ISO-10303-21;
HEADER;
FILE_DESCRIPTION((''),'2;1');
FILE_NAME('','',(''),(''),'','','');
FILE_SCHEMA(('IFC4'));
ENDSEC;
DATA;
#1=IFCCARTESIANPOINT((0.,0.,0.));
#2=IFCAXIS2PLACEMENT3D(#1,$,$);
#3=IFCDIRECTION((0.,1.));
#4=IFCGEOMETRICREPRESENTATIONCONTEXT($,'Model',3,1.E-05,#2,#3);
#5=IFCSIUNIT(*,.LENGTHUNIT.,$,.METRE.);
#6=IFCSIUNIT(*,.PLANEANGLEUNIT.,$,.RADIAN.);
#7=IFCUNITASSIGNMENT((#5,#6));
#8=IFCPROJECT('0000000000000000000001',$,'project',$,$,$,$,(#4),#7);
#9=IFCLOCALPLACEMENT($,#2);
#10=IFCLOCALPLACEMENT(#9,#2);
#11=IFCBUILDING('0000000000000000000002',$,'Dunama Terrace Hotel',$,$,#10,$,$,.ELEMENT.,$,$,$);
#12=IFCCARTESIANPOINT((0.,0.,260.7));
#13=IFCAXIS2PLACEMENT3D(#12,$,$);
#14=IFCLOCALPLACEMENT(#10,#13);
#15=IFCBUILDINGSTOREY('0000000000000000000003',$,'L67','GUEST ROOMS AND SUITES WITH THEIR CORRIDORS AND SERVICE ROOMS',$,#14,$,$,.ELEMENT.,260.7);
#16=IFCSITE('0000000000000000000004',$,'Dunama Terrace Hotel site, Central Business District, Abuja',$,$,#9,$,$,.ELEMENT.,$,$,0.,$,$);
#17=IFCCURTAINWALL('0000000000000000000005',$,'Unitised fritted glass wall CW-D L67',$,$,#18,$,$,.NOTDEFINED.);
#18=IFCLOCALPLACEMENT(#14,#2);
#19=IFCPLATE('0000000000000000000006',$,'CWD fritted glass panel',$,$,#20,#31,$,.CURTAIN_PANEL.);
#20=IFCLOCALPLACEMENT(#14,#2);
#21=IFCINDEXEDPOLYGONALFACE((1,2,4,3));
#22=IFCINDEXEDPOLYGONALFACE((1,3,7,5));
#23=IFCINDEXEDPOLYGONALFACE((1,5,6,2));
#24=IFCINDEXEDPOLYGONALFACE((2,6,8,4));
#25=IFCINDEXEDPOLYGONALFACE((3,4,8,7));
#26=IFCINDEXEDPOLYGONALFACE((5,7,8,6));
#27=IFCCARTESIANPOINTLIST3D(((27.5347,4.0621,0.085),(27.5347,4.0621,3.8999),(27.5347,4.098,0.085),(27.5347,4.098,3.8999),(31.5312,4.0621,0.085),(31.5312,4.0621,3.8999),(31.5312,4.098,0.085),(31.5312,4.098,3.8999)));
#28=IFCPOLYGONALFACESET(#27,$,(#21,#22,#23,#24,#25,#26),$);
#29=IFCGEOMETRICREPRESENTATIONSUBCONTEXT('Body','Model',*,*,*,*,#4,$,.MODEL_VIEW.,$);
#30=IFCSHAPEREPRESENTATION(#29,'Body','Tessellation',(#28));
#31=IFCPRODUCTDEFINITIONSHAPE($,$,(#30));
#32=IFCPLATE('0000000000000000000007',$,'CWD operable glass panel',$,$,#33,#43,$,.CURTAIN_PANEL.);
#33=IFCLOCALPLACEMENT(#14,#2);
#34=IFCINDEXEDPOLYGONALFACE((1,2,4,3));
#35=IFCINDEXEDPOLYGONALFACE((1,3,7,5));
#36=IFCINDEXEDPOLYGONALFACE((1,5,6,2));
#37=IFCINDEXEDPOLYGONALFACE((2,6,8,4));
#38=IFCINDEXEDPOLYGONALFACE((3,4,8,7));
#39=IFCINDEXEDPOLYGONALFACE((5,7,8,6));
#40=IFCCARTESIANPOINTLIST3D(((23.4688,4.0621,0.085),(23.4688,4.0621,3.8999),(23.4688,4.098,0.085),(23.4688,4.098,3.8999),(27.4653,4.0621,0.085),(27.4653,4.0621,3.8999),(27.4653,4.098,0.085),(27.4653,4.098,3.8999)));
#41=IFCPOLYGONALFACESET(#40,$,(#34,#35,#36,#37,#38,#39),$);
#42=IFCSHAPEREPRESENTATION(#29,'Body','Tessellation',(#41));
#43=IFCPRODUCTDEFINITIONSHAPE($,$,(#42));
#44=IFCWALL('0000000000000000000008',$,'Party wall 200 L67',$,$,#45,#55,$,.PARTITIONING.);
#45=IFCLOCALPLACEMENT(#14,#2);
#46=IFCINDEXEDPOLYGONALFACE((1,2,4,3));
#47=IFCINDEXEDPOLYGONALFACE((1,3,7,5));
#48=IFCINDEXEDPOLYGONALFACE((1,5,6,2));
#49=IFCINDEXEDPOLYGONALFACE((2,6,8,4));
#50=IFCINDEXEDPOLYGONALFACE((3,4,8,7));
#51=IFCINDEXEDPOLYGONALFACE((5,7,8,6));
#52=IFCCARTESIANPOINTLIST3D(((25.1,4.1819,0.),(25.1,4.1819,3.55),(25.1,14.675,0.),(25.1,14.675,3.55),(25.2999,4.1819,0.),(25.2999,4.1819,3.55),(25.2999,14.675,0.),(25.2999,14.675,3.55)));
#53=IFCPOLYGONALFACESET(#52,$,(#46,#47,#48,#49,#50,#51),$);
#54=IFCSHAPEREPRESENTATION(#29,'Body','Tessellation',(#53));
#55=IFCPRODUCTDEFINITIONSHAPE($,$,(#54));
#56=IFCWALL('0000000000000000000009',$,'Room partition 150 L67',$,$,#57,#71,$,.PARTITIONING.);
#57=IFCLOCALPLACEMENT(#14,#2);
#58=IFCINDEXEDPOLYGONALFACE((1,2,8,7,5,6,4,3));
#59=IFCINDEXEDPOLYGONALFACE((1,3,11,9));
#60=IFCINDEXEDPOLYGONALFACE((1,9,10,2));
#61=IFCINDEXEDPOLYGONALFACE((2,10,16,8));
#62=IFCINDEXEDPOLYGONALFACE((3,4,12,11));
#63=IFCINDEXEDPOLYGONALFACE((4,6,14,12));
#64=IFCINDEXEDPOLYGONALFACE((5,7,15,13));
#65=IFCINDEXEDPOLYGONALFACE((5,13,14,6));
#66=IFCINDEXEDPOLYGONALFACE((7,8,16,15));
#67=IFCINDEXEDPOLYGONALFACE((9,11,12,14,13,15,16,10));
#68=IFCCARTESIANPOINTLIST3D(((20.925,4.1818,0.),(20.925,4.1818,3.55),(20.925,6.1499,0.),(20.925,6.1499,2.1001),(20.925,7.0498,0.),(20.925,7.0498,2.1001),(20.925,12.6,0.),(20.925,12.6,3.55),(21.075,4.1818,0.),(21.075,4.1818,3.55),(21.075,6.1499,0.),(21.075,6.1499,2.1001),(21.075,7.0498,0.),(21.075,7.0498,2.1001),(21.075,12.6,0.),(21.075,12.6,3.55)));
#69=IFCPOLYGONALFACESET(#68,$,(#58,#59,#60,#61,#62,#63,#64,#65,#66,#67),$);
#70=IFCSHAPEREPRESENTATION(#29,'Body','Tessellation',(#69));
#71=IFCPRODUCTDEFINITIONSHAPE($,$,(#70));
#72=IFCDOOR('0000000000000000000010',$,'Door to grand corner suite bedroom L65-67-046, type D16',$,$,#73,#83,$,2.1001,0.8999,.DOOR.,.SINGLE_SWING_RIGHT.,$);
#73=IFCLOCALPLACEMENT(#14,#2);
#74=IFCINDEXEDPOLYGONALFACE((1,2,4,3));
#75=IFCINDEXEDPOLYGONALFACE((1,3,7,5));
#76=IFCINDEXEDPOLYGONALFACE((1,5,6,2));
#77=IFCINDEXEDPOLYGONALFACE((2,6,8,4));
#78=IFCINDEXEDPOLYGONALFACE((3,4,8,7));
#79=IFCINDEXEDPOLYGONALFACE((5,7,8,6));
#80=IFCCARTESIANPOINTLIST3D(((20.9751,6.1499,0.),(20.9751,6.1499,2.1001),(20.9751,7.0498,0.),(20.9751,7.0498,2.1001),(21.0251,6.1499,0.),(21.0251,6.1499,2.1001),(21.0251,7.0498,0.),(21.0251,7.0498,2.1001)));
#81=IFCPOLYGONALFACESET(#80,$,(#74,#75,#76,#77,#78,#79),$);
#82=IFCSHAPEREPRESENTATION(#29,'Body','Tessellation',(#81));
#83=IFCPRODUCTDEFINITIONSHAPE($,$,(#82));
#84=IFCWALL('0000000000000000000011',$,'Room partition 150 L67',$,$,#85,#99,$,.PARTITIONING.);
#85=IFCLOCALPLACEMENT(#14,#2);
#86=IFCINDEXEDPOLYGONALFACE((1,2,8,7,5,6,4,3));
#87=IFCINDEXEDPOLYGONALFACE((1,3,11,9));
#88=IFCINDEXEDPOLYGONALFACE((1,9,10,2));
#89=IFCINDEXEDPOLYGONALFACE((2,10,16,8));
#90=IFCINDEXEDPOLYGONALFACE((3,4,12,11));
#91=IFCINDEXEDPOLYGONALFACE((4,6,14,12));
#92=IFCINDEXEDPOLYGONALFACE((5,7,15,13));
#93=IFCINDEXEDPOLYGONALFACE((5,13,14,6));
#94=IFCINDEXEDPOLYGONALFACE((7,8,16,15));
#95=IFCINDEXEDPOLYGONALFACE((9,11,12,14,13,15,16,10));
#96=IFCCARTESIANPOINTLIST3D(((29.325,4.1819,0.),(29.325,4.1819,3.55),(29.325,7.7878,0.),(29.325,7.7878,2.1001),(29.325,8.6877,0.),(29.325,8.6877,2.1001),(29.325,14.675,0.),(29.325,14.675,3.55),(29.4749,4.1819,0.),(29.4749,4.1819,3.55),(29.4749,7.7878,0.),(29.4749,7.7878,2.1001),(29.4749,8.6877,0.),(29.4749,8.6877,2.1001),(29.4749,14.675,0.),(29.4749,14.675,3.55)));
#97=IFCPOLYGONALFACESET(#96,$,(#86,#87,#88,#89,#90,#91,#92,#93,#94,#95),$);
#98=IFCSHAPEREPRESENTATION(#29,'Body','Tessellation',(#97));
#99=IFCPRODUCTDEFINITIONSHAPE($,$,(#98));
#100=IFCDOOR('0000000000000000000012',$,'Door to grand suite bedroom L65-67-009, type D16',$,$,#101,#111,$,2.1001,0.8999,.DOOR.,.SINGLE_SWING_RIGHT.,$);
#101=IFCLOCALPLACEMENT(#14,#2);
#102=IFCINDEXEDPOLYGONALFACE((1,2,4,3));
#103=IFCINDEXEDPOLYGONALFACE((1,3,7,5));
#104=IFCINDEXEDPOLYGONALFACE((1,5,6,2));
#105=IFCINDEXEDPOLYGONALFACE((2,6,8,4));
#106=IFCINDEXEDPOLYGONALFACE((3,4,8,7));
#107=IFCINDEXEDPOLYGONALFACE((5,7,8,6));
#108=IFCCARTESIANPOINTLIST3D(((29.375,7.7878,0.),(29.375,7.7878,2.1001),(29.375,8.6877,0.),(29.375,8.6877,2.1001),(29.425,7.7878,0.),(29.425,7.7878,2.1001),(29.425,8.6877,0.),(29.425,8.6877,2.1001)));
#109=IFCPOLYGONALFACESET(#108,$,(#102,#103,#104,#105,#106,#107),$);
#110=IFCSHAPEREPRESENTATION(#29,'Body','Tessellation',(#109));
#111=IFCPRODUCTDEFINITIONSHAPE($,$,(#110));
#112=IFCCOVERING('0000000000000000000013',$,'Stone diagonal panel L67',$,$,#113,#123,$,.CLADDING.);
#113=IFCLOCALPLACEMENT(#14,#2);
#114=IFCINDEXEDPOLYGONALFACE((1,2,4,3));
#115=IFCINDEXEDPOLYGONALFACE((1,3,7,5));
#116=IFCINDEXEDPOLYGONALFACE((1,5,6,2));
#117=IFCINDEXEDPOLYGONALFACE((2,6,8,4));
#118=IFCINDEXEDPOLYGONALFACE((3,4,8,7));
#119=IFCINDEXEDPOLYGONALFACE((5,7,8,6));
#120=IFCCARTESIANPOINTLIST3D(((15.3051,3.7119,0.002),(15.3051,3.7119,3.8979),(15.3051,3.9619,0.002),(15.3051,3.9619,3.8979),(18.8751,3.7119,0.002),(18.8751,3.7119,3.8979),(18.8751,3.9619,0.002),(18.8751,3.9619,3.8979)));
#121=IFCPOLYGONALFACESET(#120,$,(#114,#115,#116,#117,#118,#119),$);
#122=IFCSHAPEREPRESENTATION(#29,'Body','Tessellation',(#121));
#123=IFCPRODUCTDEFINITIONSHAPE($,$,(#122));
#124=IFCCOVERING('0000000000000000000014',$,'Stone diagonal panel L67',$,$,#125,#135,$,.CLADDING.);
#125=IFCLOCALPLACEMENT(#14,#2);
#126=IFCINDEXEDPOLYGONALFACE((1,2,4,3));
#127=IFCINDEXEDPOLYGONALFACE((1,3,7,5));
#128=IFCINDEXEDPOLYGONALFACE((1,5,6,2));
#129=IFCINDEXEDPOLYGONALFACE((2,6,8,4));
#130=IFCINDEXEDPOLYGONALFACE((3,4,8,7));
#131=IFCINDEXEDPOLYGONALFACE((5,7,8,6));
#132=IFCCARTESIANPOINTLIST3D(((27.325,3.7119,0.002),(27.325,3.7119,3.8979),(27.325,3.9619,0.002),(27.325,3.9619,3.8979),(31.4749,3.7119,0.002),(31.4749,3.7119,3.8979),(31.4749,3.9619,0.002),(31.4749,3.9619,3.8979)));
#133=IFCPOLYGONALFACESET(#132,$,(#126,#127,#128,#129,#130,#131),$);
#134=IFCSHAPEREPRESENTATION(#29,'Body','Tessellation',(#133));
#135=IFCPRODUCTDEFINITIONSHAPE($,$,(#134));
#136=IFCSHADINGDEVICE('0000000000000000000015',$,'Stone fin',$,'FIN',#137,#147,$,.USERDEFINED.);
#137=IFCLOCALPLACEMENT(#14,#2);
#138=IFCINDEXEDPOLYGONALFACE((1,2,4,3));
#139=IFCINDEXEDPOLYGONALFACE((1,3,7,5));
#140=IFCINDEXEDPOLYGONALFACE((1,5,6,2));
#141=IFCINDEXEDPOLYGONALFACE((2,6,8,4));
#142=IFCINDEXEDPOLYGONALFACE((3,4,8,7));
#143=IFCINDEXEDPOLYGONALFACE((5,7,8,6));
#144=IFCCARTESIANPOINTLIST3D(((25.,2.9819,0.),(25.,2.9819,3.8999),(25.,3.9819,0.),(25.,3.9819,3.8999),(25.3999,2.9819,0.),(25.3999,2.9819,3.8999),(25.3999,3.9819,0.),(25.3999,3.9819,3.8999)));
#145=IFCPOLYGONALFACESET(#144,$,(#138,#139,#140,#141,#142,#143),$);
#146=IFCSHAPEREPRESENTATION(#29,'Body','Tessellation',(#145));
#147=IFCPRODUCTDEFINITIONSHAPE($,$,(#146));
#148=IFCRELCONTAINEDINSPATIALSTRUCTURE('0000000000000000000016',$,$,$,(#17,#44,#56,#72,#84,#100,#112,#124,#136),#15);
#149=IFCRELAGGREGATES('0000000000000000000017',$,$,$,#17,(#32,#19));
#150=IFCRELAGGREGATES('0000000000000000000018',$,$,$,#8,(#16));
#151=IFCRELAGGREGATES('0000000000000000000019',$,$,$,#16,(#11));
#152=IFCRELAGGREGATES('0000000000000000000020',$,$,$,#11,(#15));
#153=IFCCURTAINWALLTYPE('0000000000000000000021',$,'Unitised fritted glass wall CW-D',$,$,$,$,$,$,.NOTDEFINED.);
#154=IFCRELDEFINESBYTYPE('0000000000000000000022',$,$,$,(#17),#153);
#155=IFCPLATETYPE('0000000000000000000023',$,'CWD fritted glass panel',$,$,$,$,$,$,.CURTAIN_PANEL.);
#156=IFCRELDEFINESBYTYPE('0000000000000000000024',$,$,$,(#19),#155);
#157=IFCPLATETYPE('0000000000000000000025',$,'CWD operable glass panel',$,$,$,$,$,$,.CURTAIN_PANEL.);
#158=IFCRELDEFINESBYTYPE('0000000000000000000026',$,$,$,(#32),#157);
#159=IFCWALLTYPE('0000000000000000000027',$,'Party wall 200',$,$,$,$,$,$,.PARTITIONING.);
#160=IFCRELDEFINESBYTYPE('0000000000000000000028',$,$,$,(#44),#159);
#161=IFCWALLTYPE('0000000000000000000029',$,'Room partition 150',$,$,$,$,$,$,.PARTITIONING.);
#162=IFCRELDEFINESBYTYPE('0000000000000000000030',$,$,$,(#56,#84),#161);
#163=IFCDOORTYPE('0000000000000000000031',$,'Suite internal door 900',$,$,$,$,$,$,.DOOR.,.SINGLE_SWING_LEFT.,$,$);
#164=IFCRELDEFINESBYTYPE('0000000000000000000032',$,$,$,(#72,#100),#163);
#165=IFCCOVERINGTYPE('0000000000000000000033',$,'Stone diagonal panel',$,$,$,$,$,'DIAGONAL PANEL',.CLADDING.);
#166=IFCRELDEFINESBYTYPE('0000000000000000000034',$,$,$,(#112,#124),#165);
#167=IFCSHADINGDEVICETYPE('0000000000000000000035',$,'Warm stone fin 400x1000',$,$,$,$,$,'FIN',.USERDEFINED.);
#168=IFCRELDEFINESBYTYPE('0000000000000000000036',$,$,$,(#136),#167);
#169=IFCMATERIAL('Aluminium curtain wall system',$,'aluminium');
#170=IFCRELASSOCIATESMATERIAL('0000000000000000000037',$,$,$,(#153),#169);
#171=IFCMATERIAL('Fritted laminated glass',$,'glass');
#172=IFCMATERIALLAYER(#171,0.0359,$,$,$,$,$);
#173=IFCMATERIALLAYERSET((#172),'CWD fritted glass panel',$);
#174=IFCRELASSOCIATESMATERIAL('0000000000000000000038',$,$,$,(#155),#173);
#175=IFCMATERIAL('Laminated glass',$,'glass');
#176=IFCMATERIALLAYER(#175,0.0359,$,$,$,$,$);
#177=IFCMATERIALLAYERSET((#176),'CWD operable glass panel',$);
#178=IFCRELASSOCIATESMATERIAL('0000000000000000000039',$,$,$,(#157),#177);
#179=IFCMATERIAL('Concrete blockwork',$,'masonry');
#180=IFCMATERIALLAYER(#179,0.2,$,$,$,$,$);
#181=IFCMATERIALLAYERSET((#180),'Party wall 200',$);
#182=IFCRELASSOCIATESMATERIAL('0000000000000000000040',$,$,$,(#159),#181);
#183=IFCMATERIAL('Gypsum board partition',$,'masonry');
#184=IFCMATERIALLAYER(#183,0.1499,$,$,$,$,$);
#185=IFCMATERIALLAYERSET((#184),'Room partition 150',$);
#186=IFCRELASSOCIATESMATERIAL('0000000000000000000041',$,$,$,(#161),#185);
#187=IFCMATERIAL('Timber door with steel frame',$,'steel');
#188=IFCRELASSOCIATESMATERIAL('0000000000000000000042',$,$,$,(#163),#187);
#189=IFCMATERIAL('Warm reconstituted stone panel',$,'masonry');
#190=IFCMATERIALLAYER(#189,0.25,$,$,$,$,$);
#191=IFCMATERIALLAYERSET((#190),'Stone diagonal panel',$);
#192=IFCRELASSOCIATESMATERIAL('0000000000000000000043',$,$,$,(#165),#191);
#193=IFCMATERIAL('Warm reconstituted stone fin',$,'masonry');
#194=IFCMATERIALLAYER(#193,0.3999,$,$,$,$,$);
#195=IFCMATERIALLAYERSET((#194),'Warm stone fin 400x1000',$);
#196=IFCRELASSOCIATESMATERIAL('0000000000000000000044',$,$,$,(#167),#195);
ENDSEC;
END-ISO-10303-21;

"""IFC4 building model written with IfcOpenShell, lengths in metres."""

from ifc_helpers import new_model, si_unit, direction, frame, frame_2d, origin, origin_2d, place, context, subcontext, project, spatial, rectangle, extrude, material, layer, layer_set, type_object, element, fill, aggregate, save


model = new_model("IFC4")

# Units and contexts
model_context = context("Model", 3, precision=1e-05, world=origin(), true_north=direction((0.0, 1.0)))
body_context = subcontext(model_context, "Body", "Model", "MODEL_VIEW")
ifc_project = project(units=[si_unit("LENGTHUNIT", "METRE"), si_unit("PLANEANGLEUNIT", "RADIAN")], contexts=[model_context])

# Site, building, storey
site_placement = place(None, origin())
site = spatial("IfcSite", under=ifc_project, at=site_placement, Name="Dunama Terrace Hotel site, Central Business District, Abuja", CompositionType="ELEMENT", RefElevation=0.0)
building_placement = place(site_placement, origin())
building = spatial("IfcBuilding", under=site, at=building_placement, Name="Dunama Terrace Hotel", CompositionType="ELEMENT")
storey_placement = place(building_placement, frame((0.0, 0.0, 260.7)))
storey = spatial("IfcBuildingStorey", under=building, at=storey_placement, Name="L67", Description="GUEST ROOMS AND SUITES WITH THEIR CORRIDORS AND SERVICE ROOMS", CompositionType="ELEMENT", Elevation=260.7)

# Curtain wall
ifc_material_1 = material(Name="Aluminium curtain wall system", Category="aluminium")
curtain_wall_type = type_object("IfcCurtainWallType", Name="Unitised fritted glass wall CW-D", PredefinedType="NOTDEFINED", material=ifc_material_1)
curtain_wall_placement = place(storey_placement, origin())
curtain_wall = element("IfcCurtainWall", 1, at=curtain_wall_placement, inside=storey, type_object=curtain_wall_type, Name="Unitised fritted glass wall CW-D L67", PredefinedType="NOTDEFINED")

# Plates
ifc_material_2 = material(Name="Fritted laminated glass", Category="glass")
ifc_layer_1 = layer(ifc_material_2, 0.0359)
ifc_layer_set_1 = layer_set([ifc_layer_1], Name="CWD fritted glass panel")
plate_type_1 = type_object("IfcPlateType", Name="CWD fritted glass panel", PredefinedType="CURTAIN_PANEL", material=ifc_layer_set_1)
plate_1_placement = place(storey_placement, frame((29.533, 4.0801, 0.085), z_axis=(0.0, 0.0, 1.0), x_axis=(1.0, 0.0, 0.0)))
plate_1 = element("IfcPlate", 2, at=plate_1_placement, type_object=plate_type_1, Name="CWD fritted glass panel", PredefinedType="CURTAIN_PANEL", context=body_context, shape_type="SweptSolid", body=[
    extrude(rectangle(XDim=3.9966, YDim=0.0359, at=origin_2d()), origin(), (0.0, 0.0, 1.0), 3.8149),
])
ifc_material_3 = material(Name="Laminated glass", Category="glass")
ifc_layer_2 = layer(ifc_material_3, 0.0359)
ifc_layer_set_2 = layer_set([ifc_layer_2], Name="CWD operable glass panel")
plate_type_2 = type_object("IfcPlateType", Name="CWD operable glass panel", PredefinedType="CURTAIN_PANEL", material=ifc_layer_set_2)
plate_2_placement = place(storey_placement, frame((25.467, 4.0801, 0.085), z_axis=(0.0, 0.0, 1.0), x_axis=(1.0, 0.0, 0.0)))
plate_2 = element("IfcPlate", 3, at=plate_2_placement, type_object=plate_type_2, Name="CWD operable glass panel", PredefinedType="CURTAIN_PANEL", context=body_context, shape_type="SweptSolid", body=[
    extrude(rectangle(XDim=3.9966, YDim=0.0359, at=origin_2d()), origin(), (0.0, 0.0, 1.0), 3.8149),
])
aggregate(curtain_wall, [plate_2, plate_1])

# Wall
ifc_material_4 = material(Name="Concrete blockwork", Category="masonry")
ifc_layer_3 = layer(ifc_material_4, 0.2)
ifc_layer_set_3 = layer_set([ifc_layer_3], Name="Party wall 200")
wall_type_1 = type_object("IfcWallType", Name="Party wall 200", PredefinedType="PARTITIONING", material=ifc_layer_set_3)
wall_1_placement = place(storey_placement, frame((25.2, 4.1819, 0.0), z_axis=(0.0, 0.0, 1.0), x_axis=(0.0, 1.0, 0.0)))
element("IfcWall", 4, at=wall_1_placement, inside=storey, type_object=wall_type_1, Name="Party wall 200 L67", PredefinedType="PARTITIONING", context=body_context, shape_type="SweptSolid", body=[
    extrude(rectangle(XDim=10.4932, YDim=0.2, at=frame_2d((5.2466, 0.0))), origin(), (0.0, 0.0, 1.0), 3.55),
])

# Walls, openings, doors
ifc_material_5 = material(Name="Gypsum board partition", Category="masonry")
ifc_layer_4 = layer(ifc_material_5, 0.1499)
ifc_layer_set_4 = layer_set([ifc_layer_4], Name="Room partition 150")
wall_type_2 = type_object("IfcWallType", Name="Room partition 150", PredefinedType="PARTITIONING", material=ifc_layer_set_4)
wall_2_placement = place(storey_placement, frame((21.0, 4.1819, 0.0), z_axis=(0.0, 0.0, 1.0), x_axis=(0.0, 1.0, 0.0)))
wall_2 = element("IfcWall", 5, at=wall_2_placement, inside=storey, type_object=wall_type_2, Name="Room partition 150 L67", PredefinedType="PARTITIONING", context=body_context, shape_type="SweptSolid", body=[
    extrude(rectangle(XDim=8.4182, YDim=0.1499, at=frame_2d((4.209, 0.0))), origin(), (0.0, 0.0, 1.0), 3.55),
])
opening_1_placement = place(wall_2_placement, frame((1.968, 0.0, 0.0)))
opening_1 = element("IfcOpeningElement", 6, at=opening_1_placement, cuts=wall_2, PredefinedType="OPENING", context=body_context, shape_type="SweptSolid", body=[
    extrude(rectangle(XDim=0.8999, YDim=2.1001, at=frame_2d((0.45, 1.05))), frame((0.0, 0.085, 0.0), z_axis=(0.0, -1.0, 0.0), x_axis=(1.0, 0.0, 0.0)), (0.0, 0.0, 1.0), 0.1699),
])
ifc_material_6 = material(Name="Timber door with steel frame", Category="steel")
door_type = type_object("IfcDoorType", Name="Suite internal door 900", OperationType="SINGLE_SWING_LEFT", PredefinedType="DOOR", material=ifc_material_6)
door_1_placement = place(opening_1_placement, origin())
door_1 = element("IfcDoor", 7, at=door_1_placement, inside=storey, type_object=door_type, Name="Door to grand corner suite bedroom L65-67-046, type D16", OperationType="SINGLE_SWING_RIGHT", OverallHeight=2.1001, OverallWidth=0.8999, PredefinedType="DOOR", context=body_context, shape_type="SweptSolid", body=[
    extrude(rectangle(XDim=0.8999, YDim=2.1001, at=frame_2d((0.45, 1.05))), frame((0.0, 0.0249, 0.0), z_axis=(0.0, -1.0, 0.0), x_axis=(1.0, 0.0, 0.0)), (0.0, 0.0, 1.0), 0.05),
])
fill(opening_1, door_1)
wall_3_placement = place(storey_placement, frame((29.3999, 4.1819, 0.0), z_axis=(0.0, 0.0, 1.0), x_axis=(0.0, 1.0, 0.0)))
wall_3 = element("IfcWall", 8, at=wall_3_placement, inside=storey, type_object=wall_type_2, Name="Room partition 150 L67", PredefinedType="PARTITIONING", context=body_context, shape_type="SweptSolid", body=[
    extrude(rectangle(XDim=10.4932, YDim=0.1499, at=frame_2d((5.2466, 0.0))), origin(), (0.0, 0.0, 1.0), 3.55),
])
opening_2_placement = place(wall_3_placement, frame((3.606, 0.0, 0.0)))
opening_2 = element("IfcOpeningElement", 9, at=opening_2_placement, cuts=wall_3, PredefinedType="OPENING", context=body_context, shape_type="SweptSolid", body=[
    extrude(rectangle(XDim=0.8999, YDim=2.1001, at=frame_2d((0.45, 1.05))), frame((0.0, 0.085, 0.0), z_axis=(0.0, -1.0, 0.0), x_axis=(1.0, 0.0, 0.0)), (0.0, 0.0, 1.0), 0.1699),
])
door_2_placement = place(opening_2_placement, origin())
door_2 = element("IfcDoor", 10, at=door_2_placement, inside=storey, type_object=door_type, Name="Door to grand suite bedroom L65-67-009, type D16", OperationType="SINGLE_SWING_RIGHT", OverallHeight=2.1001, OverallWidth=0.8999, PredefinedType="DOOR", context=body_context, shape_type="SweptSolid", body=[
    extrude(rectangle(XDim=0.8999, YDim=2.1001, at=frame_2d((0.45, 1.05))), frame((0.0, 0.0249, 0.0), z_axis=(0.0, -1.0, 0.0), x_axis=(1.0, 0.0, 0.0)), (0.0, 0.0, 1.0), 0.05),
])
fill(opening_2, door_2)

# Coverings
ifc_material_7 = material(Name="Warm reconstituted stone panel", Category="masonry")
ifc_layer_5 = layer(ifc_material_7, 0.25)
ifc_layer_set_5 = layer_set([ifc_layer_5], Name="Stone diagonal panel")
covering_type = type_object("IfcCoveringType", Name="Stone diagonal panel", ElementType="DIAGONAL PANEL", PredefinedType="CLADDING", material=ifc_layer_set_5)
covering_1_placement = place(storey_placement, frame((17.0901, 3.8369, 0.002), z_axis=(0.0, 0.0, 1.0), x_axis=(1.0, 0.0, 0.0)))
element("IfcCovering", 11, at=covering_1_placement, inside=storey, type_object=covering_type, Name="Stone diagonal panel L67", PredefinedType="CLADDING", context=body_context, shape_type="SweptSolid", body=[
    extrude(rectangle(XDim=3.5701, YDim=0.25, at=origin_2d()), origin(), (0.0, 0.0, 1.0), 3.896),
])
covering_2_placement = place(storey_placement, frame((29.3999, 3.8369, 0.002), z_axis=(0.0, 0.0, 1.0), x_axis=(1.0, 0.0, 0.0)))
element("IfcCovering", 12, at=covering_2_placement, inside=storey, type_object=covering_type, Name="Stone diagonal panel L67", PredefinedType="CLADDING", context=body_context, shape_type="SweptSolid", body=[
    extrude(rectangle(XDim=4.1499, YDim=0.25, at=origin_2d()), origin(), (0.0, 0.0, 1.0), 3.896),
])

# Shading device
ifc_material_8 = material(Name="Warm reconstituted stone fin", Category="masonry")
ifc_layer_6 = layer(ifc_material_8, 0.3999)
ifc_layer_set_6 = layer_set([ifc_layer_6], Name="Warm stone fin 400x1000")
shading_device_type = type_object("IfcShadingDeviceType", Name="Warm stone fin 400x1000", ElementType="FIN", PredefinedType="USERDEFINED", material=ifc_layer_set_6)
shading_device_placement = place(storey_placement, frame((25.2, 3.4819, 0.0), z_axis=(0.0, 0.0, 1.0), x_axis=(1.0, 0.0, 0.0)))
element("IfcShadingDevice", 13, at=shading_device_placement, inside=storey, type_object=shading_device_type, Name="Stone fin", ObjectType="FIN", PredefinedType="USERDEFINED", context=body_context, shape_type="SweptSolid", body=[
    extrude(rectangle(XDim=0.3999, YDim=1.0, at=origin_2d()), origin(), (0.0, 0.0, 1.0), 3.8999),
])

save(model, "model.ifc")
